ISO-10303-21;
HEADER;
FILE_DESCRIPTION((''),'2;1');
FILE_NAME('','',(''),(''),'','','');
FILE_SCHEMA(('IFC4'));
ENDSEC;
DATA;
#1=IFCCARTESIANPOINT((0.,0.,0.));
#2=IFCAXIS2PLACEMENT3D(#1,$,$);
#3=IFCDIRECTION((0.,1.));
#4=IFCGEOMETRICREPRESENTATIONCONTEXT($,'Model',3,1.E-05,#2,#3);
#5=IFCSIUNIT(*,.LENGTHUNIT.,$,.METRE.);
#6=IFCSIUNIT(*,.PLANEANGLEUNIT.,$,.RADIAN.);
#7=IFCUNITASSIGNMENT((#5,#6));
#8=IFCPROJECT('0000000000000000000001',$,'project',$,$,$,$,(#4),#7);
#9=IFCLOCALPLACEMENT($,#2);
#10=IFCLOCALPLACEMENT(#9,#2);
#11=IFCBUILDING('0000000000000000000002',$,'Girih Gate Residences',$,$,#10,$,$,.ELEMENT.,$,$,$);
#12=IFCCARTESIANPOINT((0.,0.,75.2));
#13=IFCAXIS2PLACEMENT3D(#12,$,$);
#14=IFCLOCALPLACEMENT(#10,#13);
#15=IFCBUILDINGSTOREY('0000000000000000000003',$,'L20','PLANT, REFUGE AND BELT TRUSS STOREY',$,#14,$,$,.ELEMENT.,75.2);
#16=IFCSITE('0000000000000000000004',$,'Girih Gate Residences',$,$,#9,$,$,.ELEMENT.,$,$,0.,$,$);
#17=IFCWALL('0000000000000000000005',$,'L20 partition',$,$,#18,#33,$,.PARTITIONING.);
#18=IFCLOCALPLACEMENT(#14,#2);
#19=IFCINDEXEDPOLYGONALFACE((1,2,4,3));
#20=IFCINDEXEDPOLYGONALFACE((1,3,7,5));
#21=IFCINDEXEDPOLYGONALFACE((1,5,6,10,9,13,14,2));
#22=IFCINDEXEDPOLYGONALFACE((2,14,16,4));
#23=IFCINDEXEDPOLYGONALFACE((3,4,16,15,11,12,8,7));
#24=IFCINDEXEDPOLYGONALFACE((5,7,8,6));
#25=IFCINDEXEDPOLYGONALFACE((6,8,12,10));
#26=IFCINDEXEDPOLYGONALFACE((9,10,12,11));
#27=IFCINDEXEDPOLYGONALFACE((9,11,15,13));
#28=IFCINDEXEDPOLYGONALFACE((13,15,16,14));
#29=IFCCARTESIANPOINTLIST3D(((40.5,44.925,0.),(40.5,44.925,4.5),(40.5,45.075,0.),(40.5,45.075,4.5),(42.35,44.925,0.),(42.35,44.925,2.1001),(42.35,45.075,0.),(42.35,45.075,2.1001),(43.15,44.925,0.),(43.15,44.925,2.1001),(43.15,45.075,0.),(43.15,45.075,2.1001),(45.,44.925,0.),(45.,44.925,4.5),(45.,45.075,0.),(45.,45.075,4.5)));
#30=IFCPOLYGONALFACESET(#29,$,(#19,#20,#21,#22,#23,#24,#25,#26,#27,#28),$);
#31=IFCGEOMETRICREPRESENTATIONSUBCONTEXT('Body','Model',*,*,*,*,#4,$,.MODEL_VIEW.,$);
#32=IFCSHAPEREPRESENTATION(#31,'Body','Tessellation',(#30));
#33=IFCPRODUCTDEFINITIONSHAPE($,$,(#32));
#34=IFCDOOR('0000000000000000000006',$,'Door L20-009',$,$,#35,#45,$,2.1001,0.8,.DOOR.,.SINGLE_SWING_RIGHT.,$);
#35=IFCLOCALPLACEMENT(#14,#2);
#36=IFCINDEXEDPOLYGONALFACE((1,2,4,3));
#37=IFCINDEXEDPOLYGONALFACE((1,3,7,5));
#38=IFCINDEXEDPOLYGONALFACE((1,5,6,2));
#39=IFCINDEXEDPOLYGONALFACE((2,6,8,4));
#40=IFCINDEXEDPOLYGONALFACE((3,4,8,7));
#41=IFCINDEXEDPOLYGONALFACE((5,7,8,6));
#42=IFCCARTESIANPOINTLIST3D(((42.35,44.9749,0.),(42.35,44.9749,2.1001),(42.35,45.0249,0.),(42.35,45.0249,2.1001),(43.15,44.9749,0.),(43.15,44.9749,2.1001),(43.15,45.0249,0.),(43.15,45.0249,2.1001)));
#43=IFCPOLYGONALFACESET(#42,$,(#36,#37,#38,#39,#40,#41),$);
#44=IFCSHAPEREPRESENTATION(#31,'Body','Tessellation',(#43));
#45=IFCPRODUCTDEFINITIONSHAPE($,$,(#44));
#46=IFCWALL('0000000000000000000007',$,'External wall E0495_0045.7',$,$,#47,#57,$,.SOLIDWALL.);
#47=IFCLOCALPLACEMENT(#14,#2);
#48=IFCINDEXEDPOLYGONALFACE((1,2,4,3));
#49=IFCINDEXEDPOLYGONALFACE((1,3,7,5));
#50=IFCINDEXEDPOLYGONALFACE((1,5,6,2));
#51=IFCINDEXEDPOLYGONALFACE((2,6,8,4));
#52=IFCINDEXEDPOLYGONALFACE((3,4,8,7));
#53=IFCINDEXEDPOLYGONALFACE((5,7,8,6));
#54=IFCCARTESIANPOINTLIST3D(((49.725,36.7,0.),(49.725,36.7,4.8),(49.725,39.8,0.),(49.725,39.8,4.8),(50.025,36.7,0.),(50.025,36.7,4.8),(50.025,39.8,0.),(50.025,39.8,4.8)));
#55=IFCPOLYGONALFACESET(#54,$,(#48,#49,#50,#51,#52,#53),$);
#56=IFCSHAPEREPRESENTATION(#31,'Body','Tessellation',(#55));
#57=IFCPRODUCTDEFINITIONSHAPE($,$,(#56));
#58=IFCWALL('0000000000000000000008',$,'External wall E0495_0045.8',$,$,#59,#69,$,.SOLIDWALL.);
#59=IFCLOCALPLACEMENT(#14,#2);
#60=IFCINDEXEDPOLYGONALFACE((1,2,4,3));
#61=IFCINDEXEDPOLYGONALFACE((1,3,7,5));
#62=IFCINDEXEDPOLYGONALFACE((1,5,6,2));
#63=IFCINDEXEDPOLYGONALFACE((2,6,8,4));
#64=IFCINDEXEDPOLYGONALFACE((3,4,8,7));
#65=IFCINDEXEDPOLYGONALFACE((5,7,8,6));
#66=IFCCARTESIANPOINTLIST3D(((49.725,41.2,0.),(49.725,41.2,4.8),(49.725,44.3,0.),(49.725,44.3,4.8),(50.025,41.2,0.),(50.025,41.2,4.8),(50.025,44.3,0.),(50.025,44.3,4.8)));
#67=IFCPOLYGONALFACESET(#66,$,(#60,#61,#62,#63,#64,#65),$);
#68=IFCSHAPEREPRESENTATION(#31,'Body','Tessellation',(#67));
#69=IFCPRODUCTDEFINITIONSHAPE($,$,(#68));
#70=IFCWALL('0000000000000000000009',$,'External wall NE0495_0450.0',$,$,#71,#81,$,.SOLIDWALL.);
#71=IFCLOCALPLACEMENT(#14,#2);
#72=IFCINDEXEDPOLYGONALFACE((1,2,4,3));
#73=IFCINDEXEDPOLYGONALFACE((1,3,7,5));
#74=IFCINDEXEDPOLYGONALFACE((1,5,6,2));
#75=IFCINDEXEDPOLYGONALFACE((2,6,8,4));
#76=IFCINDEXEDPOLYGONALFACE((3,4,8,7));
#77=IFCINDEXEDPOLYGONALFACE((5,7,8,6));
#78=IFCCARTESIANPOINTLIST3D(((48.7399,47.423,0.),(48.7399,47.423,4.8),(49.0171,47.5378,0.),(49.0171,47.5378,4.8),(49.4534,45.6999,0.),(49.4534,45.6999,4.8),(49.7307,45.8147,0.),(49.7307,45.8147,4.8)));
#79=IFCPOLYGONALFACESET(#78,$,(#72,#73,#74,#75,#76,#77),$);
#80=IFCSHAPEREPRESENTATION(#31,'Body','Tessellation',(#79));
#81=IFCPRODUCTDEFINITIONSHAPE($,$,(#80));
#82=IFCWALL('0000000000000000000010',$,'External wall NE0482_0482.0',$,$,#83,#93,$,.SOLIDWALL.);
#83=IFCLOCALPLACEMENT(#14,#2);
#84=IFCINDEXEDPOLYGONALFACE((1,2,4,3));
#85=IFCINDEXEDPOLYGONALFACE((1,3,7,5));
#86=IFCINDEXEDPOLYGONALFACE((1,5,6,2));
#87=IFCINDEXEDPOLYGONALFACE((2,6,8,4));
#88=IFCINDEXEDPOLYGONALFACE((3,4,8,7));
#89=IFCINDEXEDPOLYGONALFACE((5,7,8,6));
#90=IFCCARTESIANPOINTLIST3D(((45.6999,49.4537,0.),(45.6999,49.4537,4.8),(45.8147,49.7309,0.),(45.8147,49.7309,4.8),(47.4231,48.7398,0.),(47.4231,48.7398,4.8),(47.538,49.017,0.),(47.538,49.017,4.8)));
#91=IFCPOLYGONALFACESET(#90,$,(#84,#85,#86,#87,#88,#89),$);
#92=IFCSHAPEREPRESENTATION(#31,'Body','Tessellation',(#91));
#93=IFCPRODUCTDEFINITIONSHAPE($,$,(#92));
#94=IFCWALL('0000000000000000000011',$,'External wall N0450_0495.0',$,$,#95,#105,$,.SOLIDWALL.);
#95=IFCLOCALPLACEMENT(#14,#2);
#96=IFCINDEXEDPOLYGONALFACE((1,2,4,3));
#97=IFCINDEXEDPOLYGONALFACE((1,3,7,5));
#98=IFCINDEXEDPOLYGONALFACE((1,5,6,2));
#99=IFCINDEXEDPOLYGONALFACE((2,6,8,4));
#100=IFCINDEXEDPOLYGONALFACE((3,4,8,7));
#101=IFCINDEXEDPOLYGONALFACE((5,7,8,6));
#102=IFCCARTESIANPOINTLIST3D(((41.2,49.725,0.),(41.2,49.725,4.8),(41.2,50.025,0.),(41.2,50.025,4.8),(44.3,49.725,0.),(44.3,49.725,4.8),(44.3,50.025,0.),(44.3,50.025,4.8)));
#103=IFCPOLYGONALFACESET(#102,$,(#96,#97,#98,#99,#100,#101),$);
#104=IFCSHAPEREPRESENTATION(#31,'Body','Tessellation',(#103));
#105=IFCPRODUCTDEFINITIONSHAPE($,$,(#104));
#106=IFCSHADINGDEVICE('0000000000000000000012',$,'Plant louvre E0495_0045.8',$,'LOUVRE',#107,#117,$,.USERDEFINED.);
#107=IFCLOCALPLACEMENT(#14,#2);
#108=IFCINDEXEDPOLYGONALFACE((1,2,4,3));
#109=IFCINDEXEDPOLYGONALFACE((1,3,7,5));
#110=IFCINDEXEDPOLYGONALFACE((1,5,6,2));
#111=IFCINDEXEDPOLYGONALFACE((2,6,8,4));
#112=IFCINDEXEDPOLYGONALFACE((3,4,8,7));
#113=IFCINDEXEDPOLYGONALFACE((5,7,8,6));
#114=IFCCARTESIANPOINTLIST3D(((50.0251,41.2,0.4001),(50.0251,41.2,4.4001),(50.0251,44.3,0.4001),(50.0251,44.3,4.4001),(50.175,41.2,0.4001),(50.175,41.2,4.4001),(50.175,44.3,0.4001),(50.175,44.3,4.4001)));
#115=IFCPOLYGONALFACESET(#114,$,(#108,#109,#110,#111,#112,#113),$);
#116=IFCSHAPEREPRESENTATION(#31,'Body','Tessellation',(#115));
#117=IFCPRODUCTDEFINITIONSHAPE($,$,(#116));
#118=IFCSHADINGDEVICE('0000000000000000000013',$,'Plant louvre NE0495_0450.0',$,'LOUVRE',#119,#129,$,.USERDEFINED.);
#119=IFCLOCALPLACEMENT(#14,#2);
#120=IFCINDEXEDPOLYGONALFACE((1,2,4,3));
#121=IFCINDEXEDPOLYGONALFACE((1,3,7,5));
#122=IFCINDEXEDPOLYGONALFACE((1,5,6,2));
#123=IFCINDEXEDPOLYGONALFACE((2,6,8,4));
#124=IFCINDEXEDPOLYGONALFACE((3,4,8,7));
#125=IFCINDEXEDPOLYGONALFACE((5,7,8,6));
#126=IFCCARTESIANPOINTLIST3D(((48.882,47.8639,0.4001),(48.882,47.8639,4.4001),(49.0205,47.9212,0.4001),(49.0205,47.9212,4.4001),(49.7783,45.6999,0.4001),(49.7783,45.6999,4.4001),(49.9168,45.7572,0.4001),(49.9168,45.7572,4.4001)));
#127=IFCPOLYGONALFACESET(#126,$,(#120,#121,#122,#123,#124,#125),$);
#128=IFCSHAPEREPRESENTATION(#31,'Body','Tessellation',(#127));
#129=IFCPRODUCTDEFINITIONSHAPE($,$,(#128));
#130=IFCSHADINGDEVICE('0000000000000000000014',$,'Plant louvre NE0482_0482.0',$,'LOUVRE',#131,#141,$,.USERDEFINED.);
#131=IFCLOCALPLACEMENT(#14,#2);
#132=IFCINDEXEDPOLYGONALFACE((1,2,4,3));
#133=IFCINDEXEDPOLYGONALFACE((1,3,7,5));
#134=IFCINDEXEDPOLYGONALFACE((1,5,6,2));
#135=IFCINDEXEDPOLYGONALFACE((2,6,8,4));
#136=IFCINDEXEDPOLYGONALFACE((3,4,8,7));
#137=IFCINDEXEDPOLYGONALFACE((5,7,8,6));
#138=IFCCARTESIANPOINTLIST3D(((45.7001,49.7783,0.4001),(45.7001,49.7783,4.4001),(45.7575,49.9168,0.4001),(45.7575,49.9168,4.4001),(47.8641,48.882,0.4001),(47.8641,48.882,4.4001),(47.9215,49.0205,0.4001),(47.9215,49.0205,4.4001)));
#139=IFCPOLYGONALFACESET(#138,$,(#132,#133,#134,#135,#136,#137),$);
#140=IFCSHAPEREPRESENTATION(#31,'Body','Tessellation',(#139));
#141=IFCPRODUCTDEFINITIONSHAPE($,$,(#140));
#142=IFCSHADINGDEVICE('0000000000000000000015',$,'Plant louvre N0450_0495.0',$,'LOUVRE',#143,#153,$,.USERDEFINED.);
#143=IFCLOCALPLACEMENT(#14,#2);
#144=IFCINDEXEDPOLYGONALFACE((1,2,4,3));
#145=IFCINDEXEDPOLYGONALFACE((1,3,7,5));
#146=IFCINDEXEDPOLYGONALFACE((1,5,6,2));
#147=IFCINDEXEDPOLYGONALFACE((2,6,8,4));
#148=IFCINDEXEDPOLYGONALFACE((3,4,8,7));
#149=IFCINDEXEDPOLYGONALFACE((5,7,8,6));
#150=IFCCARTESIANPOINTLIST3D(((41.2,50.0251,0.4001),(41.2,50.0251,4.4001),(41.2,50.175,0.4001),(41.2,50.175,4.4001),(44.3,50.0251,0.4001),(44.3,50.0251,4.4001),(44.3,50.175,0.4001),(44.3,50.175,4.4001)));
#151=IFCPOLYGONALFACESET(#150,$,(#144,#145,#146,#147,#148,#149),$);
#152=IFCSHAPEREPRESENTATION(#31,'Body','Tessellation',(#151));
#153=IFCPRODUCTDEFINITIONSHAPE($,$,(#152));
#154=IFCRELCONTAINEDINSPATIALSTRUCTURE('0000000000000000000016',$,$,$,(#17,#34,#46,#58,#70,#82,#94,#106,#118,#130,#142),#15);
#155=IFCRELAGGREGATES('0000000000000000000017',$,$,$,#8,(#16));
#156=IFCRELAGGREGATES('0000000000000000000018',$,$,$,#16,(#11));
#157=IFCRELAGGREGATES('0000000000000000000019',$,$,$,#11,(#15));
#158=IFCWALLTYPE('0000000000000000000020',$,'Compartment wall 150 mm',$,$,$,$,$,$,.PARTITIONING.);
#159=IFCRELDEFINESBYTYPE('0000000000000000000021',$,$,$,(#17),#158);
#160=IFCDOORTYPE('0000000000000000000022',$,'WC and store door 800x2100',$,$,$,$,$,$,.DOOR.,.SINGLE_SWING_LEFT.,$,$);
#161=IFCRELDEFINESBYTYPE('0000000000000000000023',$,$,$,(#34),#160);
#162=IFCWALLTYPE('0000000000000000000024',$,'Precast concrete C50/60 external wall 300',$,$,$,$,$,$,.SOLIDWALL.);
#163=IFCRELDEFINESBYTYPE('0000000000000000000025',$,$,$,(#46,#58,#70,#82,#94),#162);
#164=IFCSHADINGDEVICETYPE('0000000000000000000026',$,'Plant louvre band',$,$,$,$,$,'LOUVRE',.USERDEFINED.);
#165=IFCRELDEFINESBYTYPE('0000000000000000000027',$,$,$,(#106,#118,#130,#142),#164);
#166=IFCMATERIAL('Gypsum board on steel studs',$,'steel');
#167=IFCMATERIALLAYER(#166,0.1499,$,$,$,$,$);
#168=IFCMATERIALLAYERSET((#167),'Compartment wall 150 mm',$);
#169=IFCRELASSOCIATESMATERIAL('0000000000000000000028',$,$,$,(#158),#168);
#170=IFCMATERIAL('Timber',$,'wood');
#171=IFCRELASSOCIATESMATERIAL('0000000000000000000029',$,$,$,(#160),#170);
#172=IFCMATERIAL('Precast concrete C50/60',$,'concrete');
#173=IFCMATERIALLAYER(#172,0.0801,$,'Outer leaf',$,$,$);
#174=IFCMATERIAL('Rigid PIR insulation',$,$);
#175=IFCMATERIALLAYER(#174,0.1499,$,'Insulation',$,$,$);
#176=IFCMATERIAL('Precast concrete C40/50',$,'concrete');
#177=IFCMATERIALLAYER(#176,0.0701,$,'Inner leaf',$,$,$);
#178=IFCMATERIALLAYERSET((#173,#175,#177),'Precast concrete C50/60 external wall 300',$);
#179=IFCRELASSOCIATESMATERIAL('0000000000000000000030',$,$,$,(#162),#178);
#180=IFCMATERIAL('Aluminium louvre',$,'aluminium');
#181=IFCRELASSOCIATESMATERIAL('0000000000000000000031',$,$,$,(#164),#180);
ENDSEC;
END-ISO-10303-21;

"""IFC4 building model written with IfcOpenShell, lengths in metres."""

from ifc_helpers import new_model, si_unit, direction, frame, frame_2d, origin, origin_2d, place, context, subcontext, project, spatial, rectangle, extrude, material, layer, layer_set, type_object, element, fill, save


model = new_model("IFC4")

# Units and contexts
model_context = context("Model", 3, precision=1e-05, world=origin(), true_north=direction((0.0, 1.0)))
body_context = subcontext(model_context, "Body", "Model", "MODEL_VIEW")
ifc_project = project(units=[si_unit("LENGTHUNIT", "METRE"), si_unit("PLANEANGLEUNIT", "RADIAN")], contexts=[model_context])

# Site, building, storey
site_placement = place(None, origin())
site = spatial("IfcSite", under=ifc_project, at=site_placement, Name="Girih Gate Residences", CompositionType="ELEMENT", RefElevation=0.0)
building_placement = place(site_placement, origin())
building = spatial("IfcBuilding", under=site, at=building_placement, Name="Girih Gate Residences", CompositionType="ELEMENT")
storey_placement = place(building_placement, frame((0.0, 0.0, 75.2)))
storey = spatial("IfcBuildingStorey", under=building, at=storey_placement, Name="L20", Description="PLANT, REFUGE AND BELT TRUSS STOREY", CompositionType="ELEMENT", Elevation=75.2)

# Shared definitions
ifc_material_1 = material(Name="Gypsum board on steel studs", Category="steel")
ifc_layer_1 = layer(ifc_material_1, 0.1499)
ifc_layer_set_1 = layer_set([ifc_layer_1], Name="Compartment wall 150 mm")
wall_type_1 = type_object("IfcWallType", Name="Compartment wall 150 mm", PredefinedType="PARTITIONING", material=ifc_layer_set_1)

# Wall, opening, door
wall_1_placement = place(storey_placement, frame((40.5, 45.0, 0.0), z_axis=(0.0, 0.0, 1.0), x_axis=(1.0, 0.0, 0.0)))
wall_1 = element("IfcWall", 1, at=wall_1_placement, inside=storey, type_object=wall_type_1, Name="L20 partition", PredefinedType="PARTITIONING", context=body_context, shape_type="SweptSolid", body=[
    extrude(rectangle(XDim=4.5, YDim=0.1499, at=frame_2d((2.25, 0.0))), origin(), (0.0, 0.0, 1.0), 4.5),
])
opening_1_placement = place(wall_1_placement, frame((1.8501, 0.0, 0.0)))
opening_1 = element("IfcOpeningElement", 2, at=opening_1_placement, cuts=wall_1, PredefinedType="OPENING", context=body_context, shape_type="SweptSolid", body=[
    extrude(rectangle(XDim=0.8, YDim=2.1001, at=frame_2d((0.3999, 1.05))), frame((0.0, 0.085, 0.0), z_axis=(0.0, -1.0, 0.0), x_axis=(1.0, 0.0, 0.0)), (0.0, 0.0, 1.0), 0.1699),
])
ifc_material_2 = material(Name="Timber", Category="wood")
door_type_1 = type_object("IfcDoorType", Name="WC and store door 800x2100", OperationType="SINGLE_SWING_LEFT", PredefinedType="DOOR", material=ifc_material_2)
door_1_placement = place(opening_1_placement, origin())
door_1 = element("IfcDoor", 3, at=door_1_placement, inside=storey, type_object=door_type_1, Name="Door L20-009", OperationType="SINGLE_SWING_RIGHT", OverallHeight=2.1001, OverallWidth=0.8, PredefinedType="DOOR", context=body_context, shape_type="SweptSolid", body=[
    extrude(rectangle(XDim=0.8, YDim=2.1001, at=frame_2d((0.3999, 1.05))), frame((0.0, 0.0249, 0.0), z_axis=(0.0, -1.0, 0.0), x_axis=(1.0, 0.0, 0.0)), (0.0, 0.0, 1.0), 0.05),
])
fill(opening_1, door_1)

# Walls
ifc_material_3 = material(Name="Precast concrete C50/60", Category="concrete")
ifc_layer_2 = layer(ifc_material_3, 0.0801, Name="Outer leaf")
ifc_material_4 = material(Name="Rigid PIR insulation")
ifc_layer_3 = layer(ifc_material_4, 0.1499, Name="Insulation")
ifc_material_5 = material(Name="Precast concrete C40/50", Category="concrete")
ifc_layer_4 = layer(ifc_material_5, 0.0701, Name="Inner leaf")
ifc_layer_set_2 = layer_set([ifc_layer_2, ifc_layer_3, ifc_layer_4], Name="Precast concrete C50/60 external wall 300")
wall_type_2 = type_object("IfcWallType", Name="Precast concrete C50/60 external wall 300", PredefinedType="SOLIDWALL", material=ifc_layer_set_2)
for number, where, z_axis, x_axis, name in (
    (4, (49.875, 39.8, 0.0), (0.0, 0.0, 1.0), (0.0, -1.0, 0.0), "External wall E0495_0045.7"),
    (5, (49.875, 44.3, 0.0), (0.0, 0.0, 1.0), (0.0, -1.0, 0.0), "External wall E0495_0045.8"),
):
    element("IfcWall", number, at=place(storey_placement, frame(where, z_axis=z_axis, x_axis=x_axis)), inside=storey, type_object=wall_type_2, Name=name, PredefinedType="SOLIDWALL", context=body_context, shape_type="SweptSolid", body=[
        extrude(rectangle(XDim=3.1001, YDim=0.3, at=frame_2d((1.55, 0.0))), origin(), (0.0, 0.0, 1.0), 4.8),
    ])
wall_2_placement = place(storey_placement, frame((48.8784, 47.4805, 0.0), z_axis=(0.0, 0.0, 1.0), x_axis=(0.382625, -0.923904, 0.0)))
element("IfcWall", 6, at=wall_2_placement, inside=storey, type_object=wall_type_2, Name="External wall NE0495_0450.0", PredefinedType="SOLIDWALL", context=body_context, shape_type="SweptSolid", body=[
    extrude(rectangle(XDim=1.865, YDim=0.3, at=frame_2d((0.9326, 0.0))), origin(), (0.0, 0.0, 1.0), 4.8),
])
wall_3_placement = place(storey_placement, frame((45.7573, 49.5923, 0.0), z_axis=(0.0, 0.0, 1.0), x_axis=(0.923857, -0.382737, 0.0)))
element("IfcWall", 7, at=wall_3_placement, inside=storey, type_object=wall_type_2, Name="External wall NE0482_0482.0", PredefinedType="SOLIDWALL", context=body_context, shape_type="SweptSolid", body=[
    extrude(rectangle(XDim=1.8652, YDim=0.3, at=frame_2d((0.9326, 0.0))), origin(), (0.0, 0.0, 1.0), 4.8),
])
wall_4_placement = place(storey_placement, frame((41.2, 49.875, 0.0), z_axis=(0.0, 0.0, 1.0), x_axis=(1.0, 0.0, 0.0)))
element("IfcWall", 8, at=wall_4_placement, inside=storey, type_object=wall_type_2, Name="External wall N0450_0495.0", PredefinedType="SOLIDWALL", context=body_context, shape_type="SweptSolid", body=[
    extrude(rectangle(XDim=3.1001, YDim=0.3, at=frame_2d((1.55, 0.0))), origin(), (0.0, 0.0, 1.0), 4.8),
])

# Shading devices
ifc_material_6 = material(Name="Aluminium louvre", Category="aluminium")
shading_device_type = type_object("IfcShadingDeviceType", Name="Plant louvre band", ElementType="LOUVRE", PredefinedType="USERDEFINED", material=ifc_material_6)
shading_device_1_placement = place(storey_placement, frame((50.1001, 42.75, 0.4001), z_axis=(0.0, 0.0, 1.0), x_axis=(0.0, 1.0, 0.0)))
element("IfcShadingDevice", 9, at=shading_device_1_placement, inside=storey, type_object=shading_device_type, Name="Plant louvre E0495_0045.8", ObjectType="LOUVRE", PredefinedType="USERDEFINED", context=body_context, shape_type="SweptSolid", body=[
    extrude(rectangle(XDim=3.1001, YDim=0.1499, at=origin_2d()), origin(), (0.0, 0.0, 1.0), 4.0),
])
for number, where, z_axis, x_axis, name in (
    (10, (49.3994, 46.8105, 0.4001), (0.0, 0.0, 1.0), (-0.382683, 0.92388, 0.0), "Plant louvre NE0495_0450.0"),
    (11, (46.8108, 49.3994, 0.4001), (0.0, 0.0, 1.0), (-0.92388, 0.382683, 0.0), "Plant louvre NE0482_0482.0"),
):
    element("IfcShadingDevice", number, at=place(storey_placement, frame(where, z_axis=z_axis, x_axis=x_axis)), inside=storey, type_object=shading_device_type, Name=name, ObjectType="LOUVRE", PredefinedType="USERDEFINED", context=body_context, shape_type="SweptSolid", body=[
        extrude(rectangle(XDim=2.3423, YDim=0.1499, at=origin_2d()), origin(), (0.0, 0.0, 1.0), 4.0),
    ])
shading_device_2_placement = place(storey_placement, frame((42.75, 50.1001, 0.4001), z_axis=(0.0, 0.0, 1.0), x_axis=(-1.0, 0.0, 0.0)))
element("IfcShadingDevice", 12, at=shading_device_2_placement, inside=storey, type_object=shading_device_type, Name="Plant louvre N0450_0495.0", ObjectType="LOUVRE", PredefinedType="USERDEFINED", context=body_context, shape_type="SweptSolid", body=[
    extrude(rectangle(XDim=3.1001, YDim=0.1499, at=origin_2d()), origin(), (0.0, 0.0, 1.0), 4.0),
])

save(model, "model.ifc")
